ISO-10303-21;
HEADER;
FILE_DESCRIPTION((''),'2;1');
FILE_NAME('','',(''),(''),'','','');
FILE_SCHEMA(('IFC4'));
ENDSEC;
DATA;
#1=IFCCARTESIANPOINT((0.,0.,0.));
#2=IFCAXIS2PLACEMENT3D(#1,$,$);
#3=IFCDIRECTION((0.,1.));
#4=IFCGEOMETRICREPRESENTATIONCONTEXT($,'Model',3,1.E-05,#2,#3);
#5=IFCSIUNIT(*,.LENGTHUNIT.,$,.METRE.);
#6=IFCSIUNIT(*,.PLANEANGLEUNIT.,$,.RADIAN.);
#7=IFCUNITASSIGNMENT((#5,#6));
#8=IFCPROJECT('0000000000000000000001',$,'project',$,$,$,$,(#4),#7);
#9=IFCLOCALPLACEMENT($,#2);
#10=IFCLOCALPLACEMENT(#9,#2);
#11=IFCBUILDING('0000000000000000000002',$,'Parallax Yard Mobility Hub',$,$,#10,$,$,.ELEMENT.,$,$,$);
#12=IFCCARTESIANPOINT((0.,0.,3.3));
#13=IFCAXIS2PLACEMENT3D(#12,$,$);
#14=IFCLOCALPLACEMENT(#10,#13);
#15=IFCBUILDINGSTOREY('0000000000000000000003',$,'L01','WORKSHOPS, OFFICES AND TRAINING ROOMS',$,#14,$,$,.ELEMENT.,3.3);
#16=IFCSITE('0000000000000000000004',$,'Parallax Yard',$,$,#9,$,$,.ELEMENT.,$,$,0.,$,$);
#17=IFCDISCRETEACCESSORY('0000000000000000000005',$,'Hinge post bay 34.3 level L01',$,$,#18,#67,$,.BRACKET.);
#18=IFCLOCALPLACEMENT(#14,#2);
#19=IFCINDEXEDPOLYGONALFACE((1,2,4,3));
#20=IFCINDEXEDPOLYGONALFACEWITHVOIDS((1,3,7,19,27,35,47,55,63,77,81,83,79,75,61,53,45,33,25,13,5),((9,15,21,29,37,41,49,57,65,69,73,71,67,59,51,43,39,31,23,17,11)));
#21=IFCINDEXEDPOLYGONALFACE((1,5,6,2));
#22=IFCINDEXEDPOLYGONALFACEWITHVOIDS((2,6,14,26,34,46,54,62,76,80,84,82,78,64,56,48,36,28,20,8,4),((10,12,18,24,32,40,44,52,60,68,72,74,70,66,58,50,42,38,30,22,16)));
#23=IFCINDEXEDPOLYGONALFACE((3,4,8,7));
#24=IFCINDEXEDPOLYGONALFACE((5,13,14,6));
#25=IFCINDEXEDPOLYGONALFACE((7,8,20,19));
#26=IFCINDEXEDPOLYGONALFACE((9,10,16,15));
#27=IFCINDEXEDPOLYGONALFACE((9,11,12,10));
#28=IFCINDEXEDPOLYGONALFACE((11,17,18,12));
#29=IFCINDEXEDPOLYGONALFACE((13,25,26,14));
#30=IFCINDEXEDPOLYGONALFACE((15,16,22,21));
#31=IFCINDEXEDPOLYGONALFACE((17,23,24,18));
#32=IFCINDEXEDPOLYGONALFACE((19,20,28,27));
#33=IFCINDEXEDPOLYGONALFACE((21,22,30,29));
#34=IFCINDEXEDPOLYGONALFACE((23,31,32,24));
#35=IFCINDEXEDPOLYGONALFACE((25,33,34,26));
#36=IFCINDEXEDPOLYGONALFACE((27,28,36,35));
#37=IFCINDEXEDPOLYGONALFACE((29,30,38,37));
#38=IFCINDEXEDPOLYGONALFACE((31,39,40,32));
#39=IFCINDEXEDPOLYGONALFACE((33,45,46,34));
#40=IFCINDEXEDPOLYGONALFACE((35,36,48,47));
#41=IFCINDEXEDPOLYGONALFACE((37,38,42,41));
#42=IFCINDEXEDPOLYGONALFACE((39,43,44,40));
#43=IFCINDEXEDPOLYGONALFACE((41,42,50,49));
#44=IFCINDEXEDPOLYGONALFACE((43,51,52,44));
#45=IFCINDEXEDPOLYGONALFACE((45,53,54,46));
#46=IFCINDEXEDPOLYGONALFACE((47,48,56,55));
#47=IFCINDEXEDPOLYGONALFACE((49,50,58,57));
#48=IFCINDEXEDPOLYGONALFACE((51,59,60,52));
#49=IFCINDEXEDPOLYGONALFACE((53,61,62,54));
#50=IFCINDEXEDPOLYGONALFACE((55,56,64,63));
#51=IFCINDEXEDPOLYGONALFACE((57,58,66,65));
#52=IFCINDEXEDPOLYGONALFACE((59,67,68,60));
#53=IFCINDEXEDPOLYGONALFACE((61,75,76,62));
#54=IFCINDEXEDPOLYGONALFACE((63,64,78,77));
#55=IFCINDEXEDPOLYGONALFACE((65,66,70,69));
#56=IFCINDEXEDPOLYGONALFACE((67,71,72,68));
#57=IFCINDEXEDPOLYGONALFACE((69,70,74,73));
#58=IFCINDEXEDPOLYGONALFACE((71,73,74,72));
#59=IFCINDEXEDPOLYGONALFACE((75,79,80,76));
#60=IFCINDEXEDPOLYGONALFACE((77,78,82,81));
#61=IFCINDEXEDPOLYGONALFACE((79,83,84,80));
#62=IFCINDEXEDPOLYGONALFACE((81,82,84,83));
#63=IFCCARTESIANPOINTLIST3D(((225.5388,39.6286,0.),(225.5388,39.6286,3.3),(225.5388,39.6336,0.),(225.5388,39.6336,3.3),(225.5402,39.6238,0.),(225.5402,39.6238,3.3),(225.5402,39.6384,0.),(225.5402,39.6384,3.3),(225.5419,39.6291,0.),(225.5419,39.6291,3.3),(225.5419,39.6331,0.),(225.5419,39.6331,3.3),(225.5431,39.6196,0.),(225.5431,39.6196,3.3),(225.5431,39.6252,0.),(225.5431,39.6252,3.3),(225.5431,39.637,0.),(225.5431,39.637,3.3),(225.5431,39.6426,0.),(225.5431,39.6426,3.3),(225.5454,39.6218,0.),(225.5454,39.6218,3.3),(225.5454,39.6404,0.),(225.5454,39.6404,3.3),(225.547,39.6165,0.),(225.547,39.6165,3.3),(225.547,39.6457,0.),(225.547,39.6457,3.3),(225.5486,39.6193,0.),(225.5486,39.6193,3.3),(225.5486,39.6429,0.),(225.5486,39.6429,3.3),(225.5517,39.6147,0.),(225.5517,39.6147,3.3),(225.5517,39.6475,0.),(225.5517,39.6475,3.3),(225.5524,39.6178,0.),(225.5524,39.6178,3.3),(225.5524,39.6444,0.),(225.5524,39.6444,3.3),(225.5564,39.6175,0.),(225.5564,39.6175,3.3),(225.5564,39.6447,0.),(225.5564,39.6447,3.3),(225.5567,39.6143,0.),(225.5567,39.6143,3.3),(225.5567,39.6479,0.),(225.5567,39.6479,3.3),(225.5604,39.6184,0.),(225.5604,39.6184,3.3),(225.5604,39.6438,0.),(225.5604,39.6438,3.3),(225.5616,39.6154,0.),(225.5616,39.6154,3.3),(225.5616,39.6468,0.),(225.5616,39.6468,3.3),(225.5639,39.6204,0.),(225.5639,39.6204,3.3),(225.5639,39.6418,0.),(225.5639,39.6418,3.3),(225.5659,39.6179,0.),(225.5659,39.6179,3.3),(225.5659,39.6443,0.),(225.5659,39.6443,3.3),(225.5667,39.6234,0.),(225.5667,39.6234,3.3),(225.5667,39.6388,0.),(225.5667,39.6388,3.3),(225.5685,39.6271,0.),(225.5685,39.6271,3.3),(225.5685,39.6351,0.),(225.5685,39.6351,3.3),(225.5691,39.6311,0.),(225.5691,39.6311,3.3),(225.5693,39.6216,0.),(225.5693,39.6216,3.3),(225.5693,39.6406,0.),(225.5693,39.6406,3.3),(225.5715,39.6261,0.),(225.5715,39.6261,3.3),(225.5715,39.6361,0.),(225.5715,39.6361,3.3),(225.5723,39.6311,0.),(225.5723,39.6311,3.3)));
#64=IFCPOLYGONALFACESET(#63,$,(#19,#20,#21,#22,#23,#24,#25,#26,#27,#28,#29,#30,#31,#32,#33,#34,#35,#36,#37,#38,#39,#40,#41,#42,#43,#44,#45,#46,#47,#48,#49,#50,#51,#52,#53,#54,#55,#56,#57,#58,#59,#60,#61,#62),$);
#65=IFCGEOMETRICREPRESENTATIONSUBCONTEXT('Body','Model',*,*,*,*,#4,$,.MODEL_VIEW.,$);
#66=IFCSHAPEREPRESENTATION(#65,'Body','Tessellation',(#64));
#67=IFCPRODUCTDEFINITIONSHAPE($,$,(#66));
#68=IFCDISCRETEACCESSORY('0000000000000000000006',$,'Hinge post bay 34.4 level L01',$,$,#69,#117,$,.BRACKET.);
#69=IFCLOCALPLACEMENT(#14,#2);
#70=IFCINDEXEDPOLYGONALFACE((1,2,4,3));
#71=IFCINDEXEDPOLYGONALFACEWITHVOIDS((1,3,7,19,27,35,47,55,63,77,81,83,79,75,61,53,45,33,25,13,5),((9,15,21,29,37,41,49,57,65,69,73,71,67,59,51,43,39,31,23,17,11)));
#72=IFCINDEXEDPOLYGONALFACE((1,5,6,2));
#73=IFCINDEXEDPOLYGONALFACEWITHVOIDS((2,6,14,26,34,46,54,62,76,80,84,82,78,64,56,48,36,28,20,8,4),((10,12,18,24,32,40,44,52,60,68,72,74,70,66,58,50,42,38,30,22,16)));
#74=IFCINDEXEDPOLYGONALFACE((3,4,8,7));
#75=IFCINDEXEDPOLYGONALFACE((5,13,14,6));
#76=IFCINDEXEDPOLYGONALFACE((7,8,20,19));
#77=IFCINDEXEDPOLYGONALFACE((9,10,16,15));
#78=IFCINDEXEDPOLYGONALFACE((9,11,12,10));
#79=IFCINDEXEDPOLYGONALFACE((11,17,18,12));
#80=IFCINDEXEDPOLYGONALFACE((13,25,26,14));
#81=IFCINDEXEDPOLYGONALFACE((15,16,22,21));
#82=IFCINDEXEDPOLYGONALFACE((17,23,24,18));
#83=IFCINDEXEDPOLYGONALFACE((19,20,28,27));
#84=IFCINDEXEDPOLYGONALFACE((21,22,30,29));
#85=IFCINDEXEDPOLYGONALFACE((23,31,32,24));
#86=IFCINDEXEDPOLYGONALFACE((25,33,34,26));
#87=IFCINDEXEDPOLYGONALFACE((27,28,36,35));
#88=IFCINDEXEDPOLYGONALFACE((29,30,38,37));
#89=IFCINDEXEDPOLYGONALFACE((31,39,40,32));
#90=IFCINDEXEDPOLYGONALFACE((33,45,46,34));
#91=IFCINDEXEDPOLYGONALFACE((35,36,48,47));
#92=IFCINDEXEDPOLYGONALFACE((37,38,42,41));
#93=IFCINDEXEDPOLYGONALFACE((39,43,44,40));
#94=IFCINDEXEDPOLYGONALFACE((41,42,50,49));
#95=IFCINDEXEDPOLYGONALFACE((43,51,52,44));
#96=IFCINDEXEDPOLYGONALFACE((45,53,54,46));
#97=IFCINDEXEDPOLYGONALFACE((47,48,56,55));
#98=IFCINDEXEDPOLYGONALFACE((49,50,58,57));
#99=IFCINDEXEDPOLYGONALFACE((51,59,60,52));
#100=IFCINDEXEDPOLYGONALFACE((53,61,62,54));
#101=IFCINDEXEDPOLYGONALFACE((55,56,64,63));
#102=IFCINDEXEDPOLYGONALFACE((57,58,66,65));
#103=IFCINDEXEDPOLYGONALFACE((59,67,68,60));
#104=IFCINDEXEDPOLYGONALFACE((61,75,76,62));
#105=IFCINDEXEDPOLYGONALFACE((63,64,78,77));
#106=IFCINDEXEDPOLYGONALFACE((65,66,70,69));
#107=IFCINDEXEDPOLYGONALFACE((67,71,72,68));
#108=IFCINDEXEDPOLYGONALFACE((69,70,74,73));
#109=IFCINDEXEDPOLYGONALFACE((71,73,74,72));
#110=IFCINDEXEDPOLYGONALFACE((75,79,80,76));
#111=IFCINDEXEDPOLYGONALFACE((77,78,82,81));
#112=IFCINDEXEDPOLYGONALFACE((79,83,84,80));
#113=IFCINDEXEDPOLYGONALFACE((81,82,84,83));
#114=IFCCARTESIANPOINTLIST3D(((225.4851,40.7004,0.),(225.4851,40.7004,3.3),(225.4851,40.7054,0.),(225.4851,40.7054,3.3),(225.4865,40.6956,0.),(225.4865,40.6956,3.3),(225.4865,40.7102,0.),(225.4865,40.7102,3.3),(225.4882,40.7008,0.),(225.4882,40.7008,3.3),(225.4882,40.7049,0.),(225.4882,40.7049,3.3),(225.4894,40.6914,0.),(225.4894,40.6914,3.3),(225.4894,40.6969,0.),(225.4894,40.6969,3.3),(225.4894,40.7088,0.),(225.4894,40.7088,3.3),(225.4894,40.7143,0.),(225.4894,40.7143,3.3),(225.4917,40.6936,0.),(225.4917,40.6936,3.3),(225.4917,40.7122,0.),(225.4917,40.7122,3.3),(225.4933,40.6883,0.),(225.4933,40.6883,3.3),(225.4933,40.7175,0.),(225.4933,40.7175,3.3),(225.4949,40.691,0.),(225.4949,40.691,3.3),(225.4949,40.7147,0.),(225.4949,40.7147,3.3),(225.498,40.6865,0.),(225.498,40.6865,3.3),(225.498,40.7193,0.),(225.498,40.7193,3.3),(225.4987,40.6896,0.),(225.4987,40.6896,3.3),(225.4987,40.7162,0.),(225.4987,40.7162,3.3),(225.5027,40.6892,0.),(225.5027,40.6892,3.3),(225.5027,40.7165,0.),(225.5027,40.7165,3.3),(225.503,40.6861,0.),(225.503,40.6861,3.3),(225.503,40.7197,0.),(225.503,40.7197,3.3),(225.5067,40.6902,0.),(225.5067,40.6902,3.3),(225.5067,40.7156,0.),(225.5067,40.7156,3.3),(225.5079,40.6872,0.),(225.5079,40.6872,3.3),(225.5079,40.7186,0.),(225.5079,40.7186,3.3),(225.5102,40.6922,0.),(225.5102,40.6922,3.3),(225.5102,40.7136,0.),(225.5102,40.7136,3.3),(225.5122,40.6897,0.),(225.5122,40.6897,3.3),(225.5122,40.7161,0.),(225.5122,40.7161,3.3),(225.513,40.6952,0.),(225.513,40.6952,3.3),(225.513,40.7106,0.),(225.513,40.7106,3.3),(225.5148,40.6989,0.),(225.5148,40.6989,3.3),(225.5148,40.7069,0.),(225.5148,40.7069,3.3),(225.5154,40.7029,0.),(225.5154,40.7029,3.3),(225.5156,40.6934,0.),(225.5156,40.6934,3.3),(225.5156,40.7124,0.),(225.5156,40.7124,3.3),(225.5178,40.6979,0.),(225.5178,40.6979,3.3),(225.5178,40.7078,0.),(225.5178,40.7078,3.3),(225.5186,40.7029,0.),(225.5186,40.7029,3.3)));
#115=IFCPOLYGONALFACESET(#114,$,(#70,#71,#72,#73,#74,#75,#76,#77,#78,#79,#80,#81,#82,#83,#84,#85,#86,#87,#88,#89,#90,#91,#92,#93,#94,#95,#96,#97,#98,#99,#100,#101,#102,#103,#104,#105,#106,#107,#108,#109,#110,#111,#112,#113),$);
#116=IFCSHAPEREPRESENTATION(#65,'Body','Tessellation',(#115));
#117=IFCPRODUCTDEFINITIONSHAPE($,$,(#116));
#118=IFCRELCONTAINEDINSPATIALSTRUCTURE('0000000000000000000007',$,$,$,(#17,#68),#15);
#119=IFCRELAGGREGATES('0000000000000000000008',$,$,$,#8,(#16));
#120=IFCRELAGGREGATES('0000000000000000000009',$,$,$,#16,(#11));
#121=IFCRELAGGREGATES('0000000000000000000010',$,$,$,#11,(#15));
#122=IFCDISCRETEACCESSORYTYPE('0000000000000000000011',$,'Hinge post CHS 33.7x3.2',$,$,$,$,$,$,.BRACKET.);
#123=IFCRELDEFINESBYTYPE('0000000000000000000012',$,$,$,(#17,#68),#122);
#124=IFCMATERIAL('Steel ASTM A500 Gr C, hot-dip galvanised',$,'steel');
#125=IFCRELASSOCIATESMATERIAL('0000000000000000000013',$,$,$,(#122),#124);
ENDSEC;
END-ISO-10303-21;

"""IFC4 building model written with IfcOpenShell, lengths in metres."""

from ifc_helpers import new_model, si_unit, direction, frame, origin, origin_2d, place, context, subcontext, project, spatial, hollow_circle, extrude, material, material_profile, profile_set, type_object, element, save


model = new_model("IFC4")

# Units and contexts
model_context = context("Model", 3, precision=1e-05, world=origin(), true_north=direction((0.0, 1.0)))
body_context = subcontext(model_context, "Body", "Model", "MODEL_VIEW")
ifc_project = project(units=[si_unit("LENGTHUNIT", "METRE"), si_unit("PLANEANGLEUNIT", "RADIAN")], contexts=[model_context])

# Site, building, storey
site_placement = place(None, origin())
site = spatial("IfcSite", under=ifc_project, at=site_placement, Name="Parallax Yard", CompositionType="ELEMENT", RefElevation=0.0)
building_placement = place(site_placement, origin())
building = spatial("IfcBuilding", under=site, at=building_placement, Name="Parallax Yard Mobility Hub", CompositionType="ELEMENT")
storey_placement = place(building_placement, frame((0.0, 0.0, 3.3)))
storey = spatial("IfcBuildingStorey", under=building, at=storey_placement, Name="L01", Description="WORKSHOPS, OFFICES AND TRAINING ROOMS", CompositionType="ELEMENT", Elevation=3.3)

# Discrete accessories
ifc_material_1 = material(Name="Steel ASTM A500 Gr C, hot-dip galvanised", Category="steel")
ifc_material_profile = material_profile(ifc_material_1, hollow_circle(Radius=0.0168, WallThickness=0.0032, at=origin_2d()), Name="CHS 33.7x3.2")
ifc_profile_set = profile_set([ifc_material_profile], Name="Steel ASTM A500 Gr C, hot-dip galvanised")
discrete_accessory_type = type_object("IfcDiscreteAccessoryType", Name="Hinge post CHS 33.7x3.2", PredefinedType="BRACKET", material=ifc_profile_set)
for number, where, z_axis, x_axis, name in (
    (1, (225.5554, 39.6311, 0.0), (0.0, 0.0, 1.0), (1.0, 0.0, 0.0), "Hinge post bay 34.3 level L01"),
    (2, (225.5017, 40.7029, 0.0), (0.0, 0.0, 1.0), (1.0, 0.0, 0.0), "Hinge post bay 34.4 level L01"),
):
    element("IfcDiscreteAccessory", number, at=place(storey_placement, frame(where, z_axis=z_axis, x_axis=x_axis)), inside=storey, type_object=discrete_accessory_type, Name=name, PredefinedType="BRACKET", context=body_context, shape_type="SweptSolid", body=[
        extrude(hollow_circle(Radius=0.0168, WallThickness=0.0032, at=origin_2d()), origin(), (0.0, 0.0, 1.0), 3.3),
    ])

save(model, "model.ifc")
